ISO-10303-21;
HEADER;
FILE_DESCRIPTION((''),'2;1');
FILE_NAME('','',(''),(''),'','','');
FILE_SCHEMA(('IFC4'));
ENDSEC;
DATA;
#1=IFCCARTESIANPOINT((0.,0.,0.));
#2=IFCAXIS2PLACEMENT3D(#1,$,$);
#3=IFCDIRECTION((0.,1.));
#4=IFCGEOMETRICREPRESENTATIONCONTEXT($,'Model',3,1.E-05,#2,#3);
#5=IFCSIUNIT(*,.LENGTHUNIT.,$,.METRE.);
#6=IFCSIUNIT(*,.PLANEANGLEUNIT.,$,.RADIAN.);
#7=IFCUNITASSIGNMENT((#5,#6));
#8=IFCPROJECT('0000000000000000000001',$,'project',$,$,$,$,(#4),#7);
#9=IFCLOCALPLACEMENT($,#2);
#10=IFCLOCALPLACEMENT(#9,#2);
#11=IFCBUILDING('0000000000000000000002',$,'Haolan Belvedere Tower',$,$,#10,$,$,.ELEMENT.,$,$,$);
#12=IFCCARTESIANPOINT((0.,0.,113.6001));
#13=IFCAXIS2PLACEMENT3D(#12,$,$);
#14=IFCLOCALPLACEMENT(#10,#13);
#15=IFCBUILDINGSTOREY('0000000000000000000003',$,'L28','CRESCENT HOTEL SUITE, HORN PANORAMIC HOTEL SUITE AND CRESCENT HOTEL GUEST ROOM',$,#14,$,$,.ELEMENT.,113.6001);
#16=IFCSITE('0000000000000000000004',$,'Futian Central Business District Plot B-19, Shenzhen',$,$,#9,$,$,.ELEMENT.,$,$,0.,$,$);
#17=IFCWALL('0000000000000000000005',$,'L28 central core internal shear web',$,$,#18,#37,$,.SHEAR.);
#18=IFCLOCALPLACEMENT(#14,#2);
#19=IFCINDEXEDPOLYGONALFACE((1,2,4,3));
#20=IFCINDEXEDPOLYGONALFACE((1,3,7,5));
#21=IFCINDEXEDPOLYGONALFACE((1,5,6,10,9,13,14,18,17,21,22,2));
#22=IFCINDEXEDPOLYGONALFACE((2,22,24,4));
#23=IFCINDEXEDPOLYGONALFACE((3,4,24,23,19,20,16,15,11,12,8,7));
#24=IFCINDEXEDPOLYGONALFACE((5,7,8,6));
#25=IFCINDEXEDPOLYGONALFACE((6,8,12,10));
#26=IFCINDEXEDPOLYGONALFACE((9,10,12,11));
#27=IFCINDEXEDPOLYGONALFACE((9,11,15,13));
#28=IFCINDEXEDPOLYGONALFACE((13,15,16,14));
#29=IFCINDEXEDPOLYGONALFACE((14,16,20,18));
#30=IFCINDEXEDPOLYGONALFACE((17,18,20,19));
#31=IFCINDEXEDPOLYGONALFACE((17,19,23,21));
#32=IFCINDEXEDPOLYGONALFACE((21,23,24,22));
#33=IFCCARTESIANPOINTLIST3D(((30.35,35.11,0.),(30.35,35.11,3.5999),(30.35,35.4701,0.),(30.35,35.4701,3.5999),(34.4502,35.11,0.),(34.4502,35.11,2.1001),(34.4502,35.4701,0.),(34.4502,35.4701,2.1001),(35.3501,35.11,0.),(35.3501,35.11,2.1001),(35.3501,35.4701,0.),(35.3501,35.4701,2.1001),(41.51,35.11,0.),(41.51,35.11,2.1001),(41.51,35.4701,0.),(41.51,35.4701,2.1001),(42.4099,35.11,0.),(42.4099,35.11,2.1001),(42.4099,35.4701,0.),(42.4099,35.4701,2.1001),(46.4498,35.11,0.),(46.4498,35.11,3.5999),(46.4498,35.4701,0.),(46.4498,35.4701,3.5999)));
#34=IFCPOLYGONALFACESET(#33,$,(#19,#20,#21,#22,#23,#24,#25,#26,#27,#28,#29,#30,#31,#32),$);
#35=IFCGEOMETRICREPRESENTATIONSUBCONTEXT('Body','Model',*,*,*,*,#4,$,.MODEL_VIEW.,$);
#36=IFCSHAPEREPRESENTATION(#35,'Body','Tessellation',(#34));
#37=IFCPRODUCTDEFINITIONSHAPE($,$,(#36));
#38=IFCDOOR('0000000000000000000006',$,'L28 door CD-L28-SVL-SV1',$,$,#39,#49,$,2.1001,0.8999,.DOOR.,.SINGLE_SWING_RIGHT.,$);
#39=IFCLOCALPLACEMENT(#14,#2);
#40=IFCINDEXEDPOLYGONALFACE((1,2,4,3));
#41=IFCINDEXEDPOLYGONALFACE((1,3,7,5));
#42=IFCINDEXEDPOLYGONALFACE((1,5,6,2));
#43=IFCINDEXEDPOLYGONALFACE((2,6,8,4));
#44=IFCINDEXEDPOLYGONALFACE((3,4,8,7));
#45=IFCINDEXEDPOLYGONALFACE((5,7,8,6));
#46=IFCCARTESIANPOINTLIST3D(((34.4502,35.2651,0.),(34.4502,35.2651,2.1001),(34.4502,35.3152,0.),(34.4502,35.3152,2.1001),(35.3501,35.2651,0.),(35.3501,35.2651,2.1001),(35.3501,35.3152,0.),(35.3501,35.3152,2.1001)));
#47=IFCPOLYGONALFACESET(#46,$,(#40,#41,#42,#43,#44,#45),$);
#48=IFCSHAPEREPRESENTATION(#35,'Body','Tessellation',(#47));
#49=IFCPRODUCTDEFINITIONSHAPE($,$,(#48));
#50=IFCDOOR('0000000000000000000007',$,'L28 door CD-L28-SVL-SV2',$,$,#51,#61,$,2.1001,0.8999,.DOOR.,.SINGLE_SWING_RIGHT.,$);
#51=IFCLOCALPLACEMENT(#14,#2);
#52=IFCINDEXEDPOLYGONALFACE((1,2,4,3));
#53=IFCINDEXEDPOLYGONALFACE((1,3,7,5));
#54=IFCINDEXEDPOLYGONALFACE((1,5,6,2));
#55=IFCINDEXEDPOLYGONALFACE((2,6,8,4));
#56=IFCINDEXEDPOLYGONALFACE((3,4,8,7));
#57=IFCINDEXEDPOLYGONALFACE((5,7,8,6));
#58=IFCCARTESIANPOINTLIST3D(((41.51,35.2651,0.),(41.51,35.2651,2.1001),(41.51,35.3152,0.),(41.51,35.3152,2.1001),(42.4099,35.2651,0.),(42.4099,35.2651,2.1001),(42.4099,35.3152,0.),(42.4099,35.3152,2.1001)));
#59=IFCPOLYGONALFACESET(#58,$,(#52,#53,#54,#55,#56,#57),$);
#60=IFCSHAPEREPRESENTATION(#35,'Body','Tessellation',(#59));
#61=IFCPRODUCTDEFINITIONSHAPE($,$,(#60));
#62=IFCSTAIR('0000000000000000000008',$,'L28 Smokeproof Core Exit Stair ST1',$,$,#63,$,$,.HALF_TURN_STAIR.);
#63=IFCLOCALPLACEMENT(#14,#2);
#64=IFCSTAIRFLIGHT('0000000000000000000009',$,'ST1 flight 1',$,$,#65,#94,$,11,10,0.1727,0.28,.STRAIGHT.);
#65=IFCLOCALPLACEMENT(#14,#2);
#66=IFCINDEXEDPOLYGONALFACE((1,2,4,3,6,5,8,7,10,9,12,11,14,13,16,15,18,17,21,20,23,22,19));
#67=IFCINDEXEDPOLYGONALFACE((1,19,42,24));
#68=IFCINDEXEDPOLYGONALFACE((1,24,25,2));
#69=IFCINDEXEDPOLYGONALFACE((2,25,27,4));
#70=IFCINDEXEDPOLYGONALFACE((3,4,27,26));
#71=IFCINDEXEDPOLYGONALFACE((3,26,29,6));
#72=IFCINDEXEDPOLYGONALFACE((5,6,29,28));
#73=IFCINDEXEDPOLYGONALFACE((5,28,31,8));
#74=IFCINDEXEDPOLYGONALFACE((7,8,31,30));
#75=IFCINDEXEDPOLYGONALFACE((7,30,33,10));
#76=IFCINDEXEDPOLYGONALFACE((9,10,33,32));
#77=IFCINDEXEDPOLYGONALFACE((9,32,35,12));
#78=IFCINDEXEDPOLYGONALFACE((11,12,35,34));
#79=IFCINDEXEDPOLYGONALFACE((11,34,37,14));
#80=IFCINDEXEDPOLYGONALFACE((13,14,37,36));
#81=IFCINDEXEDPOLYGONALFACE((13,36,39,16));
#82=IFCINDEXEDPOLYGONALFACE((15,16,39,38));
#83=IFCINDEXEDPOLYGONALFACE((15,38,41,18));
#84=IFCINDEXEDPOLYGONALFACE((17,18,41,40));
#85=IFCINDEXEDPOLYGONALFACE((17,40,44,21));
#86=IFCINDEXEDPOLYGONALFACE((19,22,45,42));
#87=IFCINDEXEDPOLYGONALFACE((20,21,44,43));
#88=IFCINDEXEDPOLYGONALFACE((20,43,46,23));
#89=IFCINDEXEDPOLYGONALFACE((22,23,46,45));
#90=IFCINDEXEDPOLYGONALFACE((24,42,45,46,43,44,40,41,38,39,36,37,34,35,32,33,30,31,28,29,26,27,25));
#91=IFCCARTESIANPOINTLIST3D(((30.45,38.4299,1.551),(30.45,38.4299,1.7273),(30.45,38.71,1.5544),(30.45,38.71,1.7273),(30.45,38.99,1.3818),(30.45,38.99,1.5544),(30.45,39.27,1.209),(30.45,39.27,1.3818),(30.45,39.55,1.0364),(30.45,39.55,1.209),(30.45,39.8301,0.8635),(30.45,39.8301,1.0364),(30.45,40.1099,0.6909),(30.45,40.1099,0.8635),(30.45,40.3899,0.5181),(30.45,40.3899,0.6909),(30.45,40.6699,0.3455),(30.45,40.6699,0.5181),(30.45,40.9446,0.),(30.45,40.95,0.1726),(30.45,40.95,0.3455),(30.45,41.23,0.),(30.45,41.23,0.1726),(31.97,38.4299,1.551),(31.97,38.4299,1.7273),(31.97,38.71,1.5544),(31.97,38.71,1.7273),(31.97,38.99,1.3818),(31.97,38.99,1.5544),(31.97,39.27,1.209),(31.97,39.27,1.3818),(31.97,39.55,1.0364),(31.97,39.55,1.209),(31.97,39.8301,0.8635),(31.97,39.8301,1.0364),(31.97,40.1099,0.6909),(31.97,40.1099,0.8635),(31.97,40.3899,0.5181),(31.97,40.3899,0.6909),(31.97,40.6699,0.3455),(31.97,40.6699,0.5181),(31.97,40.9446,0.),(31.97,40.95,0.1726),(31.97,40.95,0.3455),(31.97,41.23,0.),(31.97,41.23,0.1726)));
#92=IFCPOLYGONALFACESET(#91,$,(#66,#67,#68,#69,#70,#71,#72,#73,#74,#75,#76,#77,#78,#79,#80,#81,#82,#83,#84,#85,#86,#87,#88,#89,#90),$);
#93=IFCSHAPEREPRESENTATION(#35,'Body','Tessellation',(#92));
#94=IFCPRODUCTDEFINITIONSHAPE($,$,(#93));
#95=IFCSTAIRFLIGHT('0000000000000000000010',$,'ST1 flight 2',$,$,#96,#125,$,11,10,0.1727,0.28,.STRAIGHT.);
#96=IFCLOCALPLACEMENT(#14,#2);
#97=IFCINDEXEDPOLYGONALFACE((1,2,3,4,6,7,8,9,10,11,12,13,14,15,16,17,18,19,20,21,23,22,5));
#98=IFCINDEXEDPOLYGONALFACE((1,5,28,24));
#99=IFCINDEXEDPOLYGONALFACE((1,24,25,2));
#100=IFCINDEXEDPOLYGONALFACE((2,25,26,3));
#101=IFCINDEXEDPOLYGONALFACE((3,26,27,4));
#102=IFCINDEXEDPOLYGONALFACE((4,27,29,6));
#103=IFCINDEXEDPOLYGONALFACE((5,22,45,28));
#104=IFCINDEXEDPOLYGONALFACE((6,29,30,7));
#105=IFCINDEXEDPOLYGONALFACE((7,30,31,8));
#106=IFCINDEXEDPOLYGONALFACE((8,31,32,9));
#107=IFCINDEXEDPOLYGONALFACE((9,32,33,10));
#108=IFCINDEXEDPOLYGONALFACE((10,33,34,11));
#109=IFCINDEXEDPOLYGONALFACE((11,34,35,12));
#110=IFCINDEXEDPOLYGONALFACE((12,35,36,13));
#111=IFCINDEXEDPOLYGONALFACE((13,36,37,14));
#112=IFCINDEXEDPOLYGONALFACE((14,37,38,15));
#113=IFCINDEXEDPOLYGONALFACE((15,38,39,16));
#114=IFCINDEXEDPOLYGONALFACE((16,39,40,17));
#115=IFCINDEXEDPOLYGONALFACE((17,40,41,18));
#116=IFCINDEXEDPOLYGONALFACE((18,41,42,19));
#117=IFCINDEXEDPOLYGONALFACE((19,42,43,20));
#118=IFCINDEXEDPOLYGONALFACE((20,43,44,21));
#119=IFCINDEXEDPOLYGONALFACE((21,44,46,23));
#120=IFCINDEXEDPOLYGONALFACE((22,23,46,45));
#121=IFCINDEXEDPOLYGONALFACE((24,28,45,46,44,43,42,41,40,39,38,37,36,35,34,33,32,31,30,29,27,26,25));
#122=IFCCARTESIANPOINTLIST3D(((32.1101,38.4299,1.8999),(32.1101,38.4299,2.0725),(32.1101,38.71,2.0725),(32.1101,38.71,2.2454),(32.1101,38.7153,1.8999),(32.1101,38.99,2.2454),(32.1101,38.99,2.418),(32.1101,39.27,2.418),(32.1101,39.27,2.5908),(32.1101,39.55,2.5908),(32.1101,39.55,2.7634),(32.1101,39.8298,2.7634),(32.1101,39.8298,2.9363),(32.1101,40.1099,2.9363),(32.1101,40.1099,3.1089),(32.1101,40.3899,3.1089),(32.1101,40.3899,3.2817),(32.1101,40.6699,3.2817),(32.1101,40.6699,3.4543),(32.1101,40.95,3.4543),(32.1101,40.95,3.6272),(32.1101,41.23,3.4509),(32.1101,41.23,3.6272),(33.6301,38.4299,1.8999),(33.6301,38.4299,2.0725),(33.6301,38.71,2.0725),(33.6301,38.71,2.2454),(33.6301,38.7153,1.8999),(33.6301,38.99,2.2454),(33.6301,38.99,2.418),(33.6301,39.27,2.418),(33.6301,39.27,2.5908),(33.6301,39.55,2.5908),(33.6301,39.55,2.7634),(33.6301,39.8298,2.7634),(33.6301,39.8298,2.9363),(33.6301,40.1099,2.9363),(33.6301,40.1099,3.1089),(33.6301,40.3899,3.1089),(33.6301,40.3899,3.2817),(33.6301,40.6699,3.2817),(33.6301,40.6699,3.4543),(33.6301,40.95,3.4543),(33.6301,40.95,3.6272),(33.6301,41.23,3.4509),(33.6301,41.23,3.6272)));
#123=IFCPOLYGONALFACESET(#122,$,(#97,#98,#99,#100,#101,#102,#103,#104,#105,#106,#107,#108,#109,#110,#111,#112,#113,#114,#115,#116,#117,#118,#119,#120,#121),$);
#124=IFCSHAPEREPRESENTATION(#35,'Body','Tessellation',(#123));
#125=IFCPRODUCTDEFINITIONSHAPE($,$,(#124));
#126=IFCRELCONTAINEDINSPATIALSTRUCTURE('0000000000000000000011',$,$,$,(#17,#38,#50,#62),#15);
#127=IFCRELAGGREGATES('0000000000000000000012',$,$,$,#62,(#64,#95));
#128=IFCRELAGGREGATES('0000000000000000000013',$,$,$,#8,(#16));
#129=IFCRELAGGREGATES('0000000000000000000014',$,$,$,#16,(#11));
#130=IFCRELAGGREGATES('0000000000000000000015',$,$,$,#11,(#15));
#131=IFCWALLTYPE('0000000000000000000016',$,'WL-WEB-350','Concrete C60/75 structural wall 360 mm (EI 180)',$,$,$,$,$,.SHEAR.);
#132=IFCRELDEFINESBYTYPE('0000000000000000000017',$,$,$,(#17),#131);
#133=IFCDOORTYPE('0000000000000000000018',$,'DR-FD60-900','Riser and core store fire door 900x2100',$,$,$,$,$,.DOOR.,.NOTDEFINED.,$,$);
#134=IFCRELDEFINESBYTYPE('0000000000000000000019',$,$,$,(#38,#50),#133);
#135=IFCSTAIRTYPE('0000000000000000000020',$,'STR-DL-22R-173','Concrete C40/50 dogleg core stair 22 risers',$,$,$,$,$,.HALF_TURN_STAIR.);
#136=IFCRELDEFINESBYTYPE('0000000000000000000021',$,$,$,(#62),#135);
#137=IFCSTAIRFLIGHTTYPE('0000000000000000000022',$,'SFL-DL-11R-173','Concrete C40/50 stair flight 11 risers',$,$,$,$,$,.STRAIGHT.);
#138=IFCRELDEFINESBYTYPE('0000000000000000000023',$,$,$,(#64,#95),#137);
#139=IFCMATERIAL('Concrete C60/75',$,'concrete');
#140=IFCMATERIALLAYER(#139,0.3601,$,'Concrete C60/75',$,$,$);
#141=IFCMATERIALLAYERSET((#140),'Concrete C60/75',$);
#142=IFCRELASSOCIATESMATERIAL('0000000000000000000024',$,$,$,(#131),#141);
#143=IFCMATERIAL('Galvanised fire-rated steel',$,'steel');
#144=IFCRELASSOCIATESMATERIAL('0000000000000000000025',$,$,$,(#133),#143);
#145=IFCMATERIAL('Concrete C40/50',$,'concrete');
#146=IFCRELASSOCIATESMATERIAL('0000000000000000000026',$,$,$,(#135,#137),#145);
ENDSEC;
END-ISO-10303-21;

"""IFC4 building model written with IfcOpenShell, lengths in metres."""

from ifc_helpers import new_model, si_unit, direction, frame, frame_2d, origin, place, context, subcontext, project, spatial, polyline, rectangle, outline, extrude, material, layer, layer_set, type_object, element, fill, aggregate, save


model = new_model("IFC4")

# Units and contexts
model_context = context("Model", 3, precision=1e-05, world=origin(), true_north=direction((0.0, 1.0)))
body_context = subcontext(model_context, "Body", "Model", "MODEL_VIEW")
ifc_project = project(units=[si_unit("LENGTHUNIT", "METRE"), si_unit("PLANEANGLEUNIT", "RADIAN")], contexts=[model_context])

# Site, building, storey
site_placement = place(None, origin())
site = spatial("IfcSite", under=ifc_project, at=site_placement, Name="Futian Central Business District Plot B-19, Shenzhen", CompositionType="ELEMENT", RefElevation=0.0)
building_placement = place(site_placement, origin())
building = spatial("IfcBuilding", under=site, at=building_placement, Name="Haolan Belvedere Tower", CompositionType="ELEMENT")
storey_placement = place(building_placement, frame((0.0, 0.0, 113.6001)))
storey = spatial("IfcBuildingStorey", under=building, at=storey_placement, Name="L28", Description="CRESCENT HOTEL SUITE, HORN PANORAMIC HOTEL SUITE AND CRESCENT HOTEL GUEST ROOM", CompositionType="ELEMENT", Elevation=113.6001)

# Shared definitions
ifc_material_1 = material(Name="Concrete C60/75", Category="concrete")

# Wall, openings, doors
ifc_layer_1 = layer(ifc_material_1, 0.3601, Name="Concrete C60/75")
ifc_layer_set_1 = layer_set([ifc_layer_1], Name="Concrete C60/75")
wall_type_1 = type_object("IfcWallType", Name="WL-WEB-350", Description="Concrete C60/75 structural wall 360 mm (EI 180)", PredefinedType="SHEAR", material=ifc_layer_set_1)
wall_1_placement = place(storey_placement, frame((30.3501, 35.29, 0.0), z_axis=(0.0, 0.0, 1.0), x_axis=(1.0, 0.0, 0.0)))
wall_1 = element("IfcWall", 1, at=wall_1_placement, inside=storey, type_object=wall_type_1, Name="L28 central core internal shear web", PredefinedType="SHEAR", context=body_context, shape_type="SweptSolid", body=[
    extrude(rectangle(XDim=16.0999, YDim=0.3601, at=frame_2d((8.0498, 0.0))), origin(), (0.0, 0.0, 1.0), 3.5999),
])
opening_1_placement = place(wall_1_placement, frame((5.0, 0.0, 0.0), z_axis=(0.0, 0.0, 1.0), x_axis=(-1.0, 0.0, 0.0)))
opening_1 = element("IfcOpeningElement", 2, at=opening_1_placement, cuts=wall_1, PredefinedType="OPENING", context=body_context, shape_type="SweptSolid", body=[
    extrude(rectangle(XDim=0.8999, YDim=2.1001, at=frame_2d((0.45, 1.05))), frame((0.0, 0.1899, 0.0), z_axis=(0.0, -1.0, 0.0), x_axis=(1.0, 0.0, 0.0)), (0.0, 0.0, 1.0), 0.3801),
])
opening_2_placement = place(wall_1_placement, frame((12.0598, 0.0, 0.0), z_axis=(0.0, 0.0, 1.0), x_axis=(-1.0, 0.0, 0.0)))
opening_2 = element("IfcOpeningElement", 3, at=opening_2_placement, cuts=wall_1, PredefinedType="OPENING", context=body_context, shape_type="SweptSolid", body=[
    extrude(rectangle(XDim=0.8999, YDim=2.1001, at=frame_2d((0.45, 1.05))), frame((0.0, 0.1899, 0.0), z_axis=(0.0, -1.0, 0.0), x_axis=(1.0, 0.0, 0.0)), (0.0, 0.0, 1.0), 0.3801),
])
ifc_material_2 = material(Name="Galvanised fire-rated steel", Category="steel")
door_type_1 = type_object("IfcDoorType", Name="DR-FD60-900", Description="Riser and core store fire door 900x2100", OperationType="NOTDEFINED", PredefinedType="DOOR", material=ifc_material_2)
door_1_placement = place(opening_1_placement, origin())
door_1 = element("IfcDoor", 4, at=door_1_placement, inside=storey, type_object=door_type_1, Name="L28 door CD-L28-SVL-SV1", OperationType="SINGLE_SWING_RIGHT", OverallHeight=2.1001, OverallWidth=0.8999, PredefinedType="DOOR", context=body_context, shape_type="SweptSolid", body=[
    extrude(rectangle(XDim=0.8999, YDim=2.1001, at=frame_2d((0.45, 1.05))), frame((0.0, 0.0249, 0.0), z_axis=(0.0, -1.0, 0.0), x_axis=(1.0, 0.0, 0.0)), (0.0, 0.0, 1.0), 0.05),
])
fill(opening_1, door_1)
door_2_placement = place(opening_2_placement, origin())
door_2 = element("IfcDoor", 5, at=door_2_placement, inside=storey, type_object=door_type_1, Name="L28 door CD-L28-SVL-SV2", OperationType="SINGLE_SWING_RIGHT", OverallHeight=2.1001, OverallWidth=0.8999, PredefinedType="DOOR", context=body_context, shape_type="SweptSolid", body=[
    extrude(rectangle(XDim=0.8999, YDim=2.1001, at=frame_2d((0.45, 1.05))), frame((0.0, 0.0249, 0.0), z_axis=(0.0, -1.0, 0.0), x_axis=(1.0, 0.0, 0.0)), (0.0, 0.0, 1.0), 0.05),
])
fill(opening_2, door_2)

# Stair, stair flights
ifc_material_3 = material(Name="Concrete C40/50", Category="concrete")
stair_type = type_object("IfcStairType", Name="STR-DL-22R-173", Description="Concrete C40/50 dogleg core stair 22 risers", PredefinedType="HALF_TURN_STAIR", material=ifc_material_3)
stair_placement = place(storey_placement, origin())
stair = element("IfcStair", 6, at=stair_placement, inside=storey, type_object=stair_type, Name="L28 Smokeproof Core Exit Stair ST1", PredefinedType="HALF_TURN_STAIR")
stair_flight_type = type_object("IfcStairFlightType", Name="SFL-DL-11R-173", Description="Concrete C40/50 stair flight 11 risers", PredefinedType="STRAIGHT", material=ifc_material_3)
stair_flight_1_placement = place(storey_placement, frame((31.21, 41.23, 0.0), z_axis=(0.0, 0.0, 1.0), x_axis=(0.0, -1.0, 0.0)))
stair_flight_1 = element("IfcStairFlight", 7, at=stair_flight_1_placement, type_object=stair_flight_type, Name="ST1 flight 1", NumberOfRisers=11, NumberOfTreads=10, PredefinedType="STRAIGHT", RiserHeight=0.1727, TreadLength=0.28, context=body_context, shape_type="SweptSolid", body=[
    extrude(outline(polyline([(0.0, 0.0), (0.0, 0.1726), (0.28, 0.1726), (0.28, 0.3455), (0.5601, 0.3455), (0.5601, 0.5181), (0.8401, 0.5181), (0.8401, 0.6909), (1.1201, 0.6909), (1.1201, 0.8635), (1.3999, 0.8635), (1.3999, 1.0364), (1.6799, 1.0364), (1.6799, 1.209), (1.96, 1.209), (1.96, 1.3818), (2.24, 1.3818), (2.24, 1.5544), (2.52, 1.5544), (2.52, 1.7273), (2.8, 1.7273), (2.8, 1.8999), (2.8, 1.551), (0.2854, 0.0), (0.0, 0.0)])), frame((0.0, 0.76, 0.0), z_axis=(0.0, -1.0, 0.0), x_axis=(1.0, 0.0, 0.0)), (0.0, 0.0, 1.0), 1.52),
])
stair_flight_2_placement = place(storey_placement, frame((32.8701, 38.4299, 1.8999), z_axis=(0.0, 0.0, 1.0), x_axis=(0.0, 1.0, 0.0)))
stair_flight_2 = element("IfcStairFlight", 8, at=stair_flight_2_placement, type_object=stair_flight_type, Name="ST1 flight 2", NumberOfRisers=11, NumberOfTreads=10, PredefinedType="STRAIGHT", RiserHeight=0.1727, TreadLength=0.28, context=body_context, shape_type="SweptSolid", body=[
    extrude(outline(polyline([(0.0, 0.0), (0.0, 0.1726), (0.28, 0.1726), (0.28, 0.3455), (0.5601, 0.3455), (0.5601, 0.5181), (0.8401, 0.5181), (0.8401, 0.6909), (1.1201, 0.6909), (1.1201, 0.8635), (1.3999, 0.8635), (1.3999, 1.0364), (1.6799, 1.0364), (1.6799, 1.209), (1.96, 1.209), (1.96, 1.3818), (2.24, 1.3818), (2.24, 1.5544), (2.52, 1.5544), (2.52, 1.7273), (2.8, 1.7273), (2.8, 1.8999), (2.8, 1.551), (0.2854, 0.0), (0.0, 0.0)])), frame((0.0, 0.76, 0.0), z_axis=(0.0, -1.0, 0.0), x_axis=(1.0, 0.0, 0.0)), (0.0, 0.0, 1.0), 1.52),
])
aggregate(stair, [stair_flight_1, stair_flight_2])

save(model, "model.ifc")
